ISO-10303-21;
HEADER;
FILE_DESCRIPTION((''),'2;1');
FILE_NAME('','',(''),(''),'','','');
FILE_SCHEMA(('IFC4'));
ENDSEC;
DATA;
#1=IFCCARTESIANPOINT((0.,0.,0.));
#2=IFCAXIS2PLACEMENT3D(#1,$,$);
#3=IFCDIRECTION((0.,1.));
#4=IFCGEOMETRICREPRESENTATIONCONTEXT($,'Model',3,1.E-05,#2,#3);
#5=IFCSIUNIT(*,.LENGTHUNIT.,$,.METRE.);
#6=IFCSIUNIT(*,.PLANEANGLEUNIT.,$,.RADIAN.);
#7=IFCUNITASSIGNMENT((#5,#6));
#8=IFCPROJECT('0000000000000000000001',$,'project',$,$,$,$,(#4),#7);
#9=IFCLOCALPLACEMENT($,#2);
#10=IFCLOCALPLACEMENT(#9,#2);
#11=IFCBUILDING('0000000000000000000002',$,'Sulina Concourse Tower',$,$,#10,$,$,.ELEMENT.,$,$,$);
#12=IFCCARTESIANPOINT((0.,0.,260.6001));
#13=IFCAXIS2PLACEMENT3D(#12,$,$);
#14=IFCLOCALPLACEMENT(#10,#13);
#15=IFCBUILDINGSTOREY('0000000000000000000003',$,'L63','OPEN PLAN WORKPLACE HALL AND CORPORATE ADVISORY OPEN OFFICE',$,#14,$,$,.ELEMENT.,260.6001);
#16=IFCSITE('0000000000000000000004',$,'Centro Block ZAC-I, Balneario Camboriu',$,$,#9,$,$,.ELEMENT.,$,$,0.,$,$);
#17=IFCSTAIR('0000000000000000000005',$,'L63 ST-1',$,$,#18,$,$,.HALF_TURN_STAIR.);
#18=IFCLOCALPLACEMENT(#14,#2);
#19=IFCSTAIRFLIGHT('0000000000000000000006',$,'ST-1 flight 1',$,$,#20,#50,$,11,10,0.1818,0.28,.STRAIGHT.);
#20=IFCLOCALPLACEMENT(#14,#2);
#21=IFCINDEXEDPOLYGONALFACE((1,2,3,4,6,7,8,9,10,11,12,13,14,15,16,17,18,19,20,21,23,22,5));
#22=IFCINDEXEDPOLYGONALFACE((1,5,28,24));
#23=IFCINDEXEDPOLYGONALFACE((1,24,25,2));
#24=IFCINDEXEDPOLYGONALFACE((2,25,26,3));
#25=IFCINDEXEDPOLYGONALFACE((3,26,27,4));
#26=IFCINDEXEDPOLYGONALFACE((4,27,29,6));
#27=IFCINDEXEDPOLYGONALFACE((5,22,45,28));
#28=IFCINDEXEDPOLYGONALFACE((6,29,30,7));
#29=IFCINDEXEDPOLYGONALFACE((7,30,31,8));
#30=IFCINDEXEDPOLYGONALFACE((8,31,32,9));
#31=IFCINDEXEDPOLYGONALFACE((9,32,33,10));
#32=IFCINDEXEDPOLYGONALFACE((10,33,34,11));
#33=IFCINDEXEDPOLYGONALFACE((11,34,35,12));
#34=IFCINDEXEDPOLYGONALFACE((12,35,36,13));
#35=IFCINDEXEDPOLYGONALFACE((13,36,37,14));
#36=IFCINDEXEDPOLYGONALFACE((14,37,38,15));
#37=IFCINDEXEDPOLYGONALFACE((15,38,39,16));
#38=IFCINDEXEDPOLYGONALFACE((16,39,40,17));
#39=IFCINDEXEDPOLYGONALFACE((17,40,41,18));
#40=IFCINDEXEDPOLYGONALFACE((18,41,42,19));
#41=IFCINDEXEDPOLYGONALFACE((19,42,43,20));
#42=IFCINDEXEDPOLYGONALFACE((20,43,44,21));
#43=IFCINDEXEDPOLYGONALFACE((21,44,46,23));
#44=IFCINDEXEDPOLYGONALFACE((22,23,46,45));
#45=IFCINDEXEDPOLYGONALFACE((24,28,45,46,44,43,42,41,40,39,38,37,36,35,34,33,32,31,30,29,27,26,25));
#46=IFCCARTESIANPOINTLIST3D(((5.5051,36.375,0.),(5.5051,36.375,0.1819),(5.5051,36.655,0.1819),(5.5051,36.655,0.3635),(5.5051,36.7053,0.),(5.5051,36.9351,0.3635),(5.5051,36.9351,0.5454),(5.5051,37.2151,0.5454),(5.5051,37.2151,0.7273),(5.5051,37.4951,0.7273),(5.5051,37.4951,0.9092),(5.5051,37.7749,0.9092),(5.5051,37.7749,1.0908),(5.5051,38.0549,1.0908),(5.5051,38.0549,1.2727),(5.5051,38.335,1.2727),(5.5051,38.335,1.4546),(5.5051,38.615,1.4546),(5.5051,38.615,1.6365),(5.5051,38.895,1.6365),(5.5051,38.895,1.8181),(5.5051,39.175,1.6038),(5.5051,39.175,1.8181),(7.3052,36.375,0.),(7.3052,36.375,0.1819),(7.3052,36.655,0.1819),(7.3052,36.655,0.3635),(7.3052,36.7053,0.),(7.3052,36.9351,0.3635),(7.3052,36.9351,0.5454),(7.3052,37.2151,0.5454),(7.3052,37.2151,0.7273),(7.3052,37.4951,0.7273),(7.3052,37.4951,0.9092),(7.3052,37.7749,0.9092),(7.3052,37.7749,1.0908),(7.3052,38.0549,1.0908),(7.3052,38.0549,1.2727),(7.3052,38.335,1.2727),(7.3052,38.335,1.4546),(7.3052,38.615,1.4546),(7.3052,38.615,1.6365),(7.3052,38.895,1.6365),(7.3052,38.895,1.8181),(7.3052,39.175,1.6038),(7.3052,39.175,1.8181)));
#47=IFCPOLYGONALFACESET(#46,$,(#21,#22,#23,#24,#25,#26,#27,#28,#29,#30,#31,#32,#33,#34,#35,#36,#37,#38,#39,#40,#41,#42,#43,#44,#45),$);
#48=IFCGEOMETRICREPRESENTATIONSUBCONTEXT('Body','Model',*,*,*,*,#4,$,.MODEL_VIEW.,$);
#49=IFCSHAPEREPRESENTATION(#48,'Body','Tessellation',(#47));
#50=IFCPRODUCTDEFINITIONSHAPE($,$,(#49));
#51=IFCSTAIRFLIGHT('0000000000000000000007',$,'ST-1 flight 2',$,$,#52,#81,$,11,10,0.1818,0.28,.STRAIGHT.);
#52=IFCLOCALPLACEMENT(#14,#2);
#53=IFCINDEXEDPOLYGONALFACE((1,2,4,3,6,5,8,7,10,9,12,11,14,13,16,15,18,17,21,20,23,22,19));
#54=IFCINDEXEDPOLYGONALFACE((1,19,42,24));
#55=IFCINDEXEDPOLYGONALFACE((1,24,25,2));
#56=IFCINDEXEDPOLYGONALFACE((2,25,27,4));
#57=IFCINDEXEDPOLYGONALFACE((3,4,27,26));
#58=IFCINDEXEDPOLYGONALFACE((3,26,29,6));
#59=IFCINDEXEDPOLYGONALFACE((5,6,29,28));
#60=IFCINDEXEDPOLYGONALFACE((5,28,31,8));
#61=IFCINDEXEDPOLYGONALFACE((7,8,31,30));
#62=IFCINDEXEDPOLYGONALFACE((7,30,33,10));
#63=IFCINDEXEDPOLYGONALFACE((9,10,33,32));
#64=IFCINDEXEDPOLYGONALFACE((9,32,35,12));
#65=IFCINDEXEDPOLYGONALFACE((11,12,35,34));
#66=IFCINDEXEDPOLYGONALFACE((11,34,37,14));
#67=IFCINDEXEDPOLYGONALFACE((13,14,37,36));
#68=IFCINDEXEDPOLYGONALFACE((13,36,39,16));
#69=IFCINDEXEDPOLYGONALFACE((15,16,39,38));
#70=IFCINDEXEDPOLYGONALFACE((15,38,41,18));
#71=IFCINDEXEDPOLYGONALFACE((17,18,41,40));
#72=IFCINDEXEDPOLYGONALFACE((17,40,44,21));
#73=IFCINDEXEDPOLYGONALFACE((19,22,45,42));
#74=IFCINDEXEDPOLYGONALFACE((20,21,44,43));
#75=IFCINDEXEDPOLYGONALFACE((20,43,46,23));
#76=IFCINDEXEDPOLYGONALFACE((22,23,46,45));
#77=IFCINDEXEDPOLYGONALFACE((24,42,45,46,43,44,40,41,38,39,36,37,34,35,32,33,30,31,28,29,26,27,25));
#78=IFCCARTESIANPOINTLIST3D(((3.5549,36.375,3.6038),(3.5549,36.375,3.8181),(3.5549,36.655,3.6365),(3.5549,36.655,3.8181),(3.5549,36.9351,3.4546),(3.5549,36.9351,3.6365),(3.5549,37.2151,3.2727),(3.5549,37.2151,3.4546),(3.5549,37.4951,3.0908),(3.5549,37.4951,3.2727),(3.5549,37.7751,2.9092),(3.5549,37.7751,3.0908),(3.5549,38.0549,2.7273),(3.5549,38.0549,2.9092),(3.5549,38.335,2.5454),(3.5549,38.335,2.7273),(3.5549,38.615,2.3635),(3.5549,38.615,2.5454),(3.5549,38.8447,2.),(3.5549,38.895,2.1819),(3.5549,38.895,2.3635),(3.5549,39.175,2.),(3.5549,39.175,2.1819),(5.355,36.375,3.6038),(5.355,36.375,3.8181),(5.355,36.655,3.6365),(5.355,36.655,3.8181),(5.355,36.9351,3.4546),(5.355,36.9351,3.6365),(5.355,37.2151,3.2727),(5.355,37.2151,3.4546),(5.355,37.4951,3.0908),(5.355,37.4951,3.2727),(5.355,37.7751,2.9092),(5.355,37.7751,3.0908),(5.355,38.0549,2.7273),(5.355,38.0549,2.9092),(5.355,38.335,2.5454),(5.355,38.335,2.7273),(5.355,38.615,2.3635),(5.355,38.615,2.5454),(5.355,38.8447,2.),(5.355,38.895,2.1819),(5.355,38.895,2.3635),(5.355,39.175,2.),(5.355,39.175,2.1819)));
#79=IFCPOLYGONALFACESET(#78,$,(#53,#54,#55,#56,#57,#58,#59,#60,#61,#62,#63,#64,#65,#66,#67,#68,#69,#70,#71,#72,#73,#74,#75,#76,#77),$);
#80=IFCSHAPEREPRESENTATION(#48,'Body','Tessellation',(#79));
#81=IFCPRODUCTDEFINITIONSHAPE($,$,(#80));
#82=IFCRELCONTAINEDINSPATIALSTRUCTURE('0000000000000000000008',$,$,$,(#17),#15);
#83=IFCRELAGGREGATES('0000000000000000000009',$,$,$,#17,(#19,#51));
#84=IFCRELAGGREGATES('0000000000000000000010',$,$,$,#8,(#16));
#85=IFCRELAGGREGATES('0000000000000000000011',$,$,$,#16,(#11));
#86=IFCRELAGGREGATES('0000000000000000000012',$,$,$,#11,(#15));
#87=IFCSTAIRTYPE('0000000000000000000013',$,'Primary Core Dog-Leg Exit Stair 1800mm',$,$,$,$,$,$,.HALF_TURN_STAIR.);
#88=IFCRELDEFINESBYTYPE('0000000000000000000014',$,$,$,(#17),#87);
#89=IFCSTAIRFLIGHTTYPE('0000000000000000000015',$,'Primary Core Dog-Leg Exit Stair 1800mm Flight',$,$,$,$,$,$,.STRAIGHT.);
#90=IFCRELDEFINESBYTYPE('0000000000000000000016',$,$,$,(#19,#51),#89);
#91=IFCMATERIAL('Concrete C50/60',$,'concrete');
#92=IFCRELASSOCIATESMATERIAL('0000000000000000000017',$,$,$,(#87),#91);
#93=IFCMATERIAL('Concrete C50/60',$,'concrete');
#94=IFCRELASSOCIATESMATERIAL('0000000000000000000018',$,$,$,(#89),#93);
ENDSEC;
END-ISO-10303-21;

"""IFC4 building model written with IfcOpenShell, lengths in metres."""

from ifc_helpers import new_model, si_unit, direction, frame, origin, place, context, subcontext, project, spatial, polyline, outline, extrude, material, type_object, element, aggregate, save


model = new_model("IFC4")

# Units and contexts
model_context = context("Model", 3, precision=1e-05, world=origin(), true_north=direction((0.0, 1.0)))
body_context = subcontext(model_context, "Body", "Model", "MODEL_VIEW")
ifc_project = project(units=[si_unit("LENGTHUNIT", "METRE"), si_unit("PLANEANGLEUNIT", "RADIAN")], contexts=[model_context])

# Site, building, storey
site_placement = place(None, origin())
site = spatial("IfcSite", under=ifc_project, at=site_placement, Name="Centro Block ZAC-I, Balneario Camboriu", CompositionType="ELEMENT", RefElevation=0.0)
building_placement = place(site_placement, origin())
building = spatial("IfcBuilding", under=site, at=building_placement, Name="Sulina Concourse Tower", CompositionType="ELEMENT")
storey_placement = place(building_placement, frame((0.0, 0.0, 260.6001)))
storey = spatial("IfcBuildingStorey", under=building, at=storey_placement, Name="L63", Description="OPEN PLAN WORKPLACE HALL AND CORPORATE ADVISORY OPEN OFFICE", CompositionType="ELEMENT", Elevation=260.6001)

# Stair, stair flights
ifc_material_1 = material(Name="Concrete C50/60", Category="concrete")
stair_type = type_object("IfcStairType", Name="Primary Core Dog-Leg Exit Stair 1800mm", PredefinedType="HALF_TURN_STAIR", material=ifc_material_1)
stair_placement = place(storey_placement, origin())
stair = element("IfcStair", 1, at=stair_placement, inside=storey, type_object=stair_type, Name="L63 ST-1", PredefinedType="HALF_TURN_STAIR")
ifc_material_2 = material(Name="Concrete C50/60", Category="concrete")
stair_flight_type = type_object("IfcStairFlightType", Name="Primary Core Dog-Leg Exit Stair 1800mm Flight", PredefinedType="STRAIGHT", material=ifc_material_2)
stair_flight_1_placement = place(storey_placement, frame((6.405, 36.375, 0.0), z_axis=(0.0, 0.0, 1.0), x_axis=(0.0, 1.0, 0.0)))
stair_flight_1 = element("IfcStairFlight", 2, at=stair_flight_1_placement, type_object=stair_flight_type, Name="ST-1 flight 1", NumberOfRisers=11, NumberOfTreads=10, PredefinedType="STRAIGHT", RiserHeight=0.1818, TreadLength=0.28, context=body_context, shape_type="SweptSolid", body=[
    extrude(outline(polyline([(0.0, 0.0), (0.0, 0.1819), (0.28, 0.1819), (0.28, 0.3635), (0.5601, 0.3635), (0.5601, 0.5454), (0.8401, 0.5454), (0.8401, 0.7273), (1.1201, 0.7273), (1.1201, 0.9092), (1.3999, 0.9092), (1.3999, 1.0908), (1.6799, 1.0908), (1.6799, 1.2727), (1.96, 1.2727), (1.96, 1.4546), (2.24, 1.4546), (2.24, 1.6365), (2.52, 1.6365), (2.52, 1.8181), (2.8, 1.8181), (2.8, 2.0), (2.8, 1.6038), (0.3303, 0.0), (0.0, 0.0)])), frame((0.0, 0.8999, 0.0), z_axis=(0.0, -1.0, 0.0), x_axis=(1.0, 0.0, 0.0)), (0.0, 0.0, 1.0), 1.8),
])
stair_flight_2_placement = place(storey_placement, frame((4.4551, 39.175, 2.0), z_axis=(0.0, 0.0, 1.0), x_axis=(0.0, -1.0, 0.0)))
stair_flight_2 = element("IfcStairFlight", 3, at=stair_flight_2_placement, type_object=stair_flight_type, Name="ST-1 flight 2", NumberOfRisers=11, NumberOfTreads=10, PredefinedType="STRAIGHT", RiserHeight=0.1818, TreadLength=0.28, context=body_context, shape_type="SweptSolid", body=[
    extrude(outline(polyline([(0.0, 0.0), (0.0, 0.1819), (0.28, 0.1819), (0.28, 0.3635), (0.5601, 0.3635), (0.5601, 0.5454), (0.8401, 0.5454), (0.8401, 0.7273), (1.1201, 0.7273), (1.1201, 0.9092), (1.3999, 0.9092), (1.3999, 1.0908), (1.6799, 1.0908), (1.6799, 1.2727), (1.96, 1.2727), (1.96, 1.4546), (2.24, 1.4546), (2.24, 1.6365), (2.52, 1.6365), (2.52, 1.8181), (2.8, 1.8181), (2.8, 2.0), (2.8, 1.6038), (0.3303, 0.0), (0.0, 0.0)])), frame((0.0, 0.8999, 0.0), z_axis=(0.0, -1.0, 0.0), x_axis=(1.0, 0.0, 0.0)), (0.0, 0.0, 1.0), 1.8),
])
aggregate(stair, [stair_flight_1, stair_flight_2])

save(model, "model.ifc")
